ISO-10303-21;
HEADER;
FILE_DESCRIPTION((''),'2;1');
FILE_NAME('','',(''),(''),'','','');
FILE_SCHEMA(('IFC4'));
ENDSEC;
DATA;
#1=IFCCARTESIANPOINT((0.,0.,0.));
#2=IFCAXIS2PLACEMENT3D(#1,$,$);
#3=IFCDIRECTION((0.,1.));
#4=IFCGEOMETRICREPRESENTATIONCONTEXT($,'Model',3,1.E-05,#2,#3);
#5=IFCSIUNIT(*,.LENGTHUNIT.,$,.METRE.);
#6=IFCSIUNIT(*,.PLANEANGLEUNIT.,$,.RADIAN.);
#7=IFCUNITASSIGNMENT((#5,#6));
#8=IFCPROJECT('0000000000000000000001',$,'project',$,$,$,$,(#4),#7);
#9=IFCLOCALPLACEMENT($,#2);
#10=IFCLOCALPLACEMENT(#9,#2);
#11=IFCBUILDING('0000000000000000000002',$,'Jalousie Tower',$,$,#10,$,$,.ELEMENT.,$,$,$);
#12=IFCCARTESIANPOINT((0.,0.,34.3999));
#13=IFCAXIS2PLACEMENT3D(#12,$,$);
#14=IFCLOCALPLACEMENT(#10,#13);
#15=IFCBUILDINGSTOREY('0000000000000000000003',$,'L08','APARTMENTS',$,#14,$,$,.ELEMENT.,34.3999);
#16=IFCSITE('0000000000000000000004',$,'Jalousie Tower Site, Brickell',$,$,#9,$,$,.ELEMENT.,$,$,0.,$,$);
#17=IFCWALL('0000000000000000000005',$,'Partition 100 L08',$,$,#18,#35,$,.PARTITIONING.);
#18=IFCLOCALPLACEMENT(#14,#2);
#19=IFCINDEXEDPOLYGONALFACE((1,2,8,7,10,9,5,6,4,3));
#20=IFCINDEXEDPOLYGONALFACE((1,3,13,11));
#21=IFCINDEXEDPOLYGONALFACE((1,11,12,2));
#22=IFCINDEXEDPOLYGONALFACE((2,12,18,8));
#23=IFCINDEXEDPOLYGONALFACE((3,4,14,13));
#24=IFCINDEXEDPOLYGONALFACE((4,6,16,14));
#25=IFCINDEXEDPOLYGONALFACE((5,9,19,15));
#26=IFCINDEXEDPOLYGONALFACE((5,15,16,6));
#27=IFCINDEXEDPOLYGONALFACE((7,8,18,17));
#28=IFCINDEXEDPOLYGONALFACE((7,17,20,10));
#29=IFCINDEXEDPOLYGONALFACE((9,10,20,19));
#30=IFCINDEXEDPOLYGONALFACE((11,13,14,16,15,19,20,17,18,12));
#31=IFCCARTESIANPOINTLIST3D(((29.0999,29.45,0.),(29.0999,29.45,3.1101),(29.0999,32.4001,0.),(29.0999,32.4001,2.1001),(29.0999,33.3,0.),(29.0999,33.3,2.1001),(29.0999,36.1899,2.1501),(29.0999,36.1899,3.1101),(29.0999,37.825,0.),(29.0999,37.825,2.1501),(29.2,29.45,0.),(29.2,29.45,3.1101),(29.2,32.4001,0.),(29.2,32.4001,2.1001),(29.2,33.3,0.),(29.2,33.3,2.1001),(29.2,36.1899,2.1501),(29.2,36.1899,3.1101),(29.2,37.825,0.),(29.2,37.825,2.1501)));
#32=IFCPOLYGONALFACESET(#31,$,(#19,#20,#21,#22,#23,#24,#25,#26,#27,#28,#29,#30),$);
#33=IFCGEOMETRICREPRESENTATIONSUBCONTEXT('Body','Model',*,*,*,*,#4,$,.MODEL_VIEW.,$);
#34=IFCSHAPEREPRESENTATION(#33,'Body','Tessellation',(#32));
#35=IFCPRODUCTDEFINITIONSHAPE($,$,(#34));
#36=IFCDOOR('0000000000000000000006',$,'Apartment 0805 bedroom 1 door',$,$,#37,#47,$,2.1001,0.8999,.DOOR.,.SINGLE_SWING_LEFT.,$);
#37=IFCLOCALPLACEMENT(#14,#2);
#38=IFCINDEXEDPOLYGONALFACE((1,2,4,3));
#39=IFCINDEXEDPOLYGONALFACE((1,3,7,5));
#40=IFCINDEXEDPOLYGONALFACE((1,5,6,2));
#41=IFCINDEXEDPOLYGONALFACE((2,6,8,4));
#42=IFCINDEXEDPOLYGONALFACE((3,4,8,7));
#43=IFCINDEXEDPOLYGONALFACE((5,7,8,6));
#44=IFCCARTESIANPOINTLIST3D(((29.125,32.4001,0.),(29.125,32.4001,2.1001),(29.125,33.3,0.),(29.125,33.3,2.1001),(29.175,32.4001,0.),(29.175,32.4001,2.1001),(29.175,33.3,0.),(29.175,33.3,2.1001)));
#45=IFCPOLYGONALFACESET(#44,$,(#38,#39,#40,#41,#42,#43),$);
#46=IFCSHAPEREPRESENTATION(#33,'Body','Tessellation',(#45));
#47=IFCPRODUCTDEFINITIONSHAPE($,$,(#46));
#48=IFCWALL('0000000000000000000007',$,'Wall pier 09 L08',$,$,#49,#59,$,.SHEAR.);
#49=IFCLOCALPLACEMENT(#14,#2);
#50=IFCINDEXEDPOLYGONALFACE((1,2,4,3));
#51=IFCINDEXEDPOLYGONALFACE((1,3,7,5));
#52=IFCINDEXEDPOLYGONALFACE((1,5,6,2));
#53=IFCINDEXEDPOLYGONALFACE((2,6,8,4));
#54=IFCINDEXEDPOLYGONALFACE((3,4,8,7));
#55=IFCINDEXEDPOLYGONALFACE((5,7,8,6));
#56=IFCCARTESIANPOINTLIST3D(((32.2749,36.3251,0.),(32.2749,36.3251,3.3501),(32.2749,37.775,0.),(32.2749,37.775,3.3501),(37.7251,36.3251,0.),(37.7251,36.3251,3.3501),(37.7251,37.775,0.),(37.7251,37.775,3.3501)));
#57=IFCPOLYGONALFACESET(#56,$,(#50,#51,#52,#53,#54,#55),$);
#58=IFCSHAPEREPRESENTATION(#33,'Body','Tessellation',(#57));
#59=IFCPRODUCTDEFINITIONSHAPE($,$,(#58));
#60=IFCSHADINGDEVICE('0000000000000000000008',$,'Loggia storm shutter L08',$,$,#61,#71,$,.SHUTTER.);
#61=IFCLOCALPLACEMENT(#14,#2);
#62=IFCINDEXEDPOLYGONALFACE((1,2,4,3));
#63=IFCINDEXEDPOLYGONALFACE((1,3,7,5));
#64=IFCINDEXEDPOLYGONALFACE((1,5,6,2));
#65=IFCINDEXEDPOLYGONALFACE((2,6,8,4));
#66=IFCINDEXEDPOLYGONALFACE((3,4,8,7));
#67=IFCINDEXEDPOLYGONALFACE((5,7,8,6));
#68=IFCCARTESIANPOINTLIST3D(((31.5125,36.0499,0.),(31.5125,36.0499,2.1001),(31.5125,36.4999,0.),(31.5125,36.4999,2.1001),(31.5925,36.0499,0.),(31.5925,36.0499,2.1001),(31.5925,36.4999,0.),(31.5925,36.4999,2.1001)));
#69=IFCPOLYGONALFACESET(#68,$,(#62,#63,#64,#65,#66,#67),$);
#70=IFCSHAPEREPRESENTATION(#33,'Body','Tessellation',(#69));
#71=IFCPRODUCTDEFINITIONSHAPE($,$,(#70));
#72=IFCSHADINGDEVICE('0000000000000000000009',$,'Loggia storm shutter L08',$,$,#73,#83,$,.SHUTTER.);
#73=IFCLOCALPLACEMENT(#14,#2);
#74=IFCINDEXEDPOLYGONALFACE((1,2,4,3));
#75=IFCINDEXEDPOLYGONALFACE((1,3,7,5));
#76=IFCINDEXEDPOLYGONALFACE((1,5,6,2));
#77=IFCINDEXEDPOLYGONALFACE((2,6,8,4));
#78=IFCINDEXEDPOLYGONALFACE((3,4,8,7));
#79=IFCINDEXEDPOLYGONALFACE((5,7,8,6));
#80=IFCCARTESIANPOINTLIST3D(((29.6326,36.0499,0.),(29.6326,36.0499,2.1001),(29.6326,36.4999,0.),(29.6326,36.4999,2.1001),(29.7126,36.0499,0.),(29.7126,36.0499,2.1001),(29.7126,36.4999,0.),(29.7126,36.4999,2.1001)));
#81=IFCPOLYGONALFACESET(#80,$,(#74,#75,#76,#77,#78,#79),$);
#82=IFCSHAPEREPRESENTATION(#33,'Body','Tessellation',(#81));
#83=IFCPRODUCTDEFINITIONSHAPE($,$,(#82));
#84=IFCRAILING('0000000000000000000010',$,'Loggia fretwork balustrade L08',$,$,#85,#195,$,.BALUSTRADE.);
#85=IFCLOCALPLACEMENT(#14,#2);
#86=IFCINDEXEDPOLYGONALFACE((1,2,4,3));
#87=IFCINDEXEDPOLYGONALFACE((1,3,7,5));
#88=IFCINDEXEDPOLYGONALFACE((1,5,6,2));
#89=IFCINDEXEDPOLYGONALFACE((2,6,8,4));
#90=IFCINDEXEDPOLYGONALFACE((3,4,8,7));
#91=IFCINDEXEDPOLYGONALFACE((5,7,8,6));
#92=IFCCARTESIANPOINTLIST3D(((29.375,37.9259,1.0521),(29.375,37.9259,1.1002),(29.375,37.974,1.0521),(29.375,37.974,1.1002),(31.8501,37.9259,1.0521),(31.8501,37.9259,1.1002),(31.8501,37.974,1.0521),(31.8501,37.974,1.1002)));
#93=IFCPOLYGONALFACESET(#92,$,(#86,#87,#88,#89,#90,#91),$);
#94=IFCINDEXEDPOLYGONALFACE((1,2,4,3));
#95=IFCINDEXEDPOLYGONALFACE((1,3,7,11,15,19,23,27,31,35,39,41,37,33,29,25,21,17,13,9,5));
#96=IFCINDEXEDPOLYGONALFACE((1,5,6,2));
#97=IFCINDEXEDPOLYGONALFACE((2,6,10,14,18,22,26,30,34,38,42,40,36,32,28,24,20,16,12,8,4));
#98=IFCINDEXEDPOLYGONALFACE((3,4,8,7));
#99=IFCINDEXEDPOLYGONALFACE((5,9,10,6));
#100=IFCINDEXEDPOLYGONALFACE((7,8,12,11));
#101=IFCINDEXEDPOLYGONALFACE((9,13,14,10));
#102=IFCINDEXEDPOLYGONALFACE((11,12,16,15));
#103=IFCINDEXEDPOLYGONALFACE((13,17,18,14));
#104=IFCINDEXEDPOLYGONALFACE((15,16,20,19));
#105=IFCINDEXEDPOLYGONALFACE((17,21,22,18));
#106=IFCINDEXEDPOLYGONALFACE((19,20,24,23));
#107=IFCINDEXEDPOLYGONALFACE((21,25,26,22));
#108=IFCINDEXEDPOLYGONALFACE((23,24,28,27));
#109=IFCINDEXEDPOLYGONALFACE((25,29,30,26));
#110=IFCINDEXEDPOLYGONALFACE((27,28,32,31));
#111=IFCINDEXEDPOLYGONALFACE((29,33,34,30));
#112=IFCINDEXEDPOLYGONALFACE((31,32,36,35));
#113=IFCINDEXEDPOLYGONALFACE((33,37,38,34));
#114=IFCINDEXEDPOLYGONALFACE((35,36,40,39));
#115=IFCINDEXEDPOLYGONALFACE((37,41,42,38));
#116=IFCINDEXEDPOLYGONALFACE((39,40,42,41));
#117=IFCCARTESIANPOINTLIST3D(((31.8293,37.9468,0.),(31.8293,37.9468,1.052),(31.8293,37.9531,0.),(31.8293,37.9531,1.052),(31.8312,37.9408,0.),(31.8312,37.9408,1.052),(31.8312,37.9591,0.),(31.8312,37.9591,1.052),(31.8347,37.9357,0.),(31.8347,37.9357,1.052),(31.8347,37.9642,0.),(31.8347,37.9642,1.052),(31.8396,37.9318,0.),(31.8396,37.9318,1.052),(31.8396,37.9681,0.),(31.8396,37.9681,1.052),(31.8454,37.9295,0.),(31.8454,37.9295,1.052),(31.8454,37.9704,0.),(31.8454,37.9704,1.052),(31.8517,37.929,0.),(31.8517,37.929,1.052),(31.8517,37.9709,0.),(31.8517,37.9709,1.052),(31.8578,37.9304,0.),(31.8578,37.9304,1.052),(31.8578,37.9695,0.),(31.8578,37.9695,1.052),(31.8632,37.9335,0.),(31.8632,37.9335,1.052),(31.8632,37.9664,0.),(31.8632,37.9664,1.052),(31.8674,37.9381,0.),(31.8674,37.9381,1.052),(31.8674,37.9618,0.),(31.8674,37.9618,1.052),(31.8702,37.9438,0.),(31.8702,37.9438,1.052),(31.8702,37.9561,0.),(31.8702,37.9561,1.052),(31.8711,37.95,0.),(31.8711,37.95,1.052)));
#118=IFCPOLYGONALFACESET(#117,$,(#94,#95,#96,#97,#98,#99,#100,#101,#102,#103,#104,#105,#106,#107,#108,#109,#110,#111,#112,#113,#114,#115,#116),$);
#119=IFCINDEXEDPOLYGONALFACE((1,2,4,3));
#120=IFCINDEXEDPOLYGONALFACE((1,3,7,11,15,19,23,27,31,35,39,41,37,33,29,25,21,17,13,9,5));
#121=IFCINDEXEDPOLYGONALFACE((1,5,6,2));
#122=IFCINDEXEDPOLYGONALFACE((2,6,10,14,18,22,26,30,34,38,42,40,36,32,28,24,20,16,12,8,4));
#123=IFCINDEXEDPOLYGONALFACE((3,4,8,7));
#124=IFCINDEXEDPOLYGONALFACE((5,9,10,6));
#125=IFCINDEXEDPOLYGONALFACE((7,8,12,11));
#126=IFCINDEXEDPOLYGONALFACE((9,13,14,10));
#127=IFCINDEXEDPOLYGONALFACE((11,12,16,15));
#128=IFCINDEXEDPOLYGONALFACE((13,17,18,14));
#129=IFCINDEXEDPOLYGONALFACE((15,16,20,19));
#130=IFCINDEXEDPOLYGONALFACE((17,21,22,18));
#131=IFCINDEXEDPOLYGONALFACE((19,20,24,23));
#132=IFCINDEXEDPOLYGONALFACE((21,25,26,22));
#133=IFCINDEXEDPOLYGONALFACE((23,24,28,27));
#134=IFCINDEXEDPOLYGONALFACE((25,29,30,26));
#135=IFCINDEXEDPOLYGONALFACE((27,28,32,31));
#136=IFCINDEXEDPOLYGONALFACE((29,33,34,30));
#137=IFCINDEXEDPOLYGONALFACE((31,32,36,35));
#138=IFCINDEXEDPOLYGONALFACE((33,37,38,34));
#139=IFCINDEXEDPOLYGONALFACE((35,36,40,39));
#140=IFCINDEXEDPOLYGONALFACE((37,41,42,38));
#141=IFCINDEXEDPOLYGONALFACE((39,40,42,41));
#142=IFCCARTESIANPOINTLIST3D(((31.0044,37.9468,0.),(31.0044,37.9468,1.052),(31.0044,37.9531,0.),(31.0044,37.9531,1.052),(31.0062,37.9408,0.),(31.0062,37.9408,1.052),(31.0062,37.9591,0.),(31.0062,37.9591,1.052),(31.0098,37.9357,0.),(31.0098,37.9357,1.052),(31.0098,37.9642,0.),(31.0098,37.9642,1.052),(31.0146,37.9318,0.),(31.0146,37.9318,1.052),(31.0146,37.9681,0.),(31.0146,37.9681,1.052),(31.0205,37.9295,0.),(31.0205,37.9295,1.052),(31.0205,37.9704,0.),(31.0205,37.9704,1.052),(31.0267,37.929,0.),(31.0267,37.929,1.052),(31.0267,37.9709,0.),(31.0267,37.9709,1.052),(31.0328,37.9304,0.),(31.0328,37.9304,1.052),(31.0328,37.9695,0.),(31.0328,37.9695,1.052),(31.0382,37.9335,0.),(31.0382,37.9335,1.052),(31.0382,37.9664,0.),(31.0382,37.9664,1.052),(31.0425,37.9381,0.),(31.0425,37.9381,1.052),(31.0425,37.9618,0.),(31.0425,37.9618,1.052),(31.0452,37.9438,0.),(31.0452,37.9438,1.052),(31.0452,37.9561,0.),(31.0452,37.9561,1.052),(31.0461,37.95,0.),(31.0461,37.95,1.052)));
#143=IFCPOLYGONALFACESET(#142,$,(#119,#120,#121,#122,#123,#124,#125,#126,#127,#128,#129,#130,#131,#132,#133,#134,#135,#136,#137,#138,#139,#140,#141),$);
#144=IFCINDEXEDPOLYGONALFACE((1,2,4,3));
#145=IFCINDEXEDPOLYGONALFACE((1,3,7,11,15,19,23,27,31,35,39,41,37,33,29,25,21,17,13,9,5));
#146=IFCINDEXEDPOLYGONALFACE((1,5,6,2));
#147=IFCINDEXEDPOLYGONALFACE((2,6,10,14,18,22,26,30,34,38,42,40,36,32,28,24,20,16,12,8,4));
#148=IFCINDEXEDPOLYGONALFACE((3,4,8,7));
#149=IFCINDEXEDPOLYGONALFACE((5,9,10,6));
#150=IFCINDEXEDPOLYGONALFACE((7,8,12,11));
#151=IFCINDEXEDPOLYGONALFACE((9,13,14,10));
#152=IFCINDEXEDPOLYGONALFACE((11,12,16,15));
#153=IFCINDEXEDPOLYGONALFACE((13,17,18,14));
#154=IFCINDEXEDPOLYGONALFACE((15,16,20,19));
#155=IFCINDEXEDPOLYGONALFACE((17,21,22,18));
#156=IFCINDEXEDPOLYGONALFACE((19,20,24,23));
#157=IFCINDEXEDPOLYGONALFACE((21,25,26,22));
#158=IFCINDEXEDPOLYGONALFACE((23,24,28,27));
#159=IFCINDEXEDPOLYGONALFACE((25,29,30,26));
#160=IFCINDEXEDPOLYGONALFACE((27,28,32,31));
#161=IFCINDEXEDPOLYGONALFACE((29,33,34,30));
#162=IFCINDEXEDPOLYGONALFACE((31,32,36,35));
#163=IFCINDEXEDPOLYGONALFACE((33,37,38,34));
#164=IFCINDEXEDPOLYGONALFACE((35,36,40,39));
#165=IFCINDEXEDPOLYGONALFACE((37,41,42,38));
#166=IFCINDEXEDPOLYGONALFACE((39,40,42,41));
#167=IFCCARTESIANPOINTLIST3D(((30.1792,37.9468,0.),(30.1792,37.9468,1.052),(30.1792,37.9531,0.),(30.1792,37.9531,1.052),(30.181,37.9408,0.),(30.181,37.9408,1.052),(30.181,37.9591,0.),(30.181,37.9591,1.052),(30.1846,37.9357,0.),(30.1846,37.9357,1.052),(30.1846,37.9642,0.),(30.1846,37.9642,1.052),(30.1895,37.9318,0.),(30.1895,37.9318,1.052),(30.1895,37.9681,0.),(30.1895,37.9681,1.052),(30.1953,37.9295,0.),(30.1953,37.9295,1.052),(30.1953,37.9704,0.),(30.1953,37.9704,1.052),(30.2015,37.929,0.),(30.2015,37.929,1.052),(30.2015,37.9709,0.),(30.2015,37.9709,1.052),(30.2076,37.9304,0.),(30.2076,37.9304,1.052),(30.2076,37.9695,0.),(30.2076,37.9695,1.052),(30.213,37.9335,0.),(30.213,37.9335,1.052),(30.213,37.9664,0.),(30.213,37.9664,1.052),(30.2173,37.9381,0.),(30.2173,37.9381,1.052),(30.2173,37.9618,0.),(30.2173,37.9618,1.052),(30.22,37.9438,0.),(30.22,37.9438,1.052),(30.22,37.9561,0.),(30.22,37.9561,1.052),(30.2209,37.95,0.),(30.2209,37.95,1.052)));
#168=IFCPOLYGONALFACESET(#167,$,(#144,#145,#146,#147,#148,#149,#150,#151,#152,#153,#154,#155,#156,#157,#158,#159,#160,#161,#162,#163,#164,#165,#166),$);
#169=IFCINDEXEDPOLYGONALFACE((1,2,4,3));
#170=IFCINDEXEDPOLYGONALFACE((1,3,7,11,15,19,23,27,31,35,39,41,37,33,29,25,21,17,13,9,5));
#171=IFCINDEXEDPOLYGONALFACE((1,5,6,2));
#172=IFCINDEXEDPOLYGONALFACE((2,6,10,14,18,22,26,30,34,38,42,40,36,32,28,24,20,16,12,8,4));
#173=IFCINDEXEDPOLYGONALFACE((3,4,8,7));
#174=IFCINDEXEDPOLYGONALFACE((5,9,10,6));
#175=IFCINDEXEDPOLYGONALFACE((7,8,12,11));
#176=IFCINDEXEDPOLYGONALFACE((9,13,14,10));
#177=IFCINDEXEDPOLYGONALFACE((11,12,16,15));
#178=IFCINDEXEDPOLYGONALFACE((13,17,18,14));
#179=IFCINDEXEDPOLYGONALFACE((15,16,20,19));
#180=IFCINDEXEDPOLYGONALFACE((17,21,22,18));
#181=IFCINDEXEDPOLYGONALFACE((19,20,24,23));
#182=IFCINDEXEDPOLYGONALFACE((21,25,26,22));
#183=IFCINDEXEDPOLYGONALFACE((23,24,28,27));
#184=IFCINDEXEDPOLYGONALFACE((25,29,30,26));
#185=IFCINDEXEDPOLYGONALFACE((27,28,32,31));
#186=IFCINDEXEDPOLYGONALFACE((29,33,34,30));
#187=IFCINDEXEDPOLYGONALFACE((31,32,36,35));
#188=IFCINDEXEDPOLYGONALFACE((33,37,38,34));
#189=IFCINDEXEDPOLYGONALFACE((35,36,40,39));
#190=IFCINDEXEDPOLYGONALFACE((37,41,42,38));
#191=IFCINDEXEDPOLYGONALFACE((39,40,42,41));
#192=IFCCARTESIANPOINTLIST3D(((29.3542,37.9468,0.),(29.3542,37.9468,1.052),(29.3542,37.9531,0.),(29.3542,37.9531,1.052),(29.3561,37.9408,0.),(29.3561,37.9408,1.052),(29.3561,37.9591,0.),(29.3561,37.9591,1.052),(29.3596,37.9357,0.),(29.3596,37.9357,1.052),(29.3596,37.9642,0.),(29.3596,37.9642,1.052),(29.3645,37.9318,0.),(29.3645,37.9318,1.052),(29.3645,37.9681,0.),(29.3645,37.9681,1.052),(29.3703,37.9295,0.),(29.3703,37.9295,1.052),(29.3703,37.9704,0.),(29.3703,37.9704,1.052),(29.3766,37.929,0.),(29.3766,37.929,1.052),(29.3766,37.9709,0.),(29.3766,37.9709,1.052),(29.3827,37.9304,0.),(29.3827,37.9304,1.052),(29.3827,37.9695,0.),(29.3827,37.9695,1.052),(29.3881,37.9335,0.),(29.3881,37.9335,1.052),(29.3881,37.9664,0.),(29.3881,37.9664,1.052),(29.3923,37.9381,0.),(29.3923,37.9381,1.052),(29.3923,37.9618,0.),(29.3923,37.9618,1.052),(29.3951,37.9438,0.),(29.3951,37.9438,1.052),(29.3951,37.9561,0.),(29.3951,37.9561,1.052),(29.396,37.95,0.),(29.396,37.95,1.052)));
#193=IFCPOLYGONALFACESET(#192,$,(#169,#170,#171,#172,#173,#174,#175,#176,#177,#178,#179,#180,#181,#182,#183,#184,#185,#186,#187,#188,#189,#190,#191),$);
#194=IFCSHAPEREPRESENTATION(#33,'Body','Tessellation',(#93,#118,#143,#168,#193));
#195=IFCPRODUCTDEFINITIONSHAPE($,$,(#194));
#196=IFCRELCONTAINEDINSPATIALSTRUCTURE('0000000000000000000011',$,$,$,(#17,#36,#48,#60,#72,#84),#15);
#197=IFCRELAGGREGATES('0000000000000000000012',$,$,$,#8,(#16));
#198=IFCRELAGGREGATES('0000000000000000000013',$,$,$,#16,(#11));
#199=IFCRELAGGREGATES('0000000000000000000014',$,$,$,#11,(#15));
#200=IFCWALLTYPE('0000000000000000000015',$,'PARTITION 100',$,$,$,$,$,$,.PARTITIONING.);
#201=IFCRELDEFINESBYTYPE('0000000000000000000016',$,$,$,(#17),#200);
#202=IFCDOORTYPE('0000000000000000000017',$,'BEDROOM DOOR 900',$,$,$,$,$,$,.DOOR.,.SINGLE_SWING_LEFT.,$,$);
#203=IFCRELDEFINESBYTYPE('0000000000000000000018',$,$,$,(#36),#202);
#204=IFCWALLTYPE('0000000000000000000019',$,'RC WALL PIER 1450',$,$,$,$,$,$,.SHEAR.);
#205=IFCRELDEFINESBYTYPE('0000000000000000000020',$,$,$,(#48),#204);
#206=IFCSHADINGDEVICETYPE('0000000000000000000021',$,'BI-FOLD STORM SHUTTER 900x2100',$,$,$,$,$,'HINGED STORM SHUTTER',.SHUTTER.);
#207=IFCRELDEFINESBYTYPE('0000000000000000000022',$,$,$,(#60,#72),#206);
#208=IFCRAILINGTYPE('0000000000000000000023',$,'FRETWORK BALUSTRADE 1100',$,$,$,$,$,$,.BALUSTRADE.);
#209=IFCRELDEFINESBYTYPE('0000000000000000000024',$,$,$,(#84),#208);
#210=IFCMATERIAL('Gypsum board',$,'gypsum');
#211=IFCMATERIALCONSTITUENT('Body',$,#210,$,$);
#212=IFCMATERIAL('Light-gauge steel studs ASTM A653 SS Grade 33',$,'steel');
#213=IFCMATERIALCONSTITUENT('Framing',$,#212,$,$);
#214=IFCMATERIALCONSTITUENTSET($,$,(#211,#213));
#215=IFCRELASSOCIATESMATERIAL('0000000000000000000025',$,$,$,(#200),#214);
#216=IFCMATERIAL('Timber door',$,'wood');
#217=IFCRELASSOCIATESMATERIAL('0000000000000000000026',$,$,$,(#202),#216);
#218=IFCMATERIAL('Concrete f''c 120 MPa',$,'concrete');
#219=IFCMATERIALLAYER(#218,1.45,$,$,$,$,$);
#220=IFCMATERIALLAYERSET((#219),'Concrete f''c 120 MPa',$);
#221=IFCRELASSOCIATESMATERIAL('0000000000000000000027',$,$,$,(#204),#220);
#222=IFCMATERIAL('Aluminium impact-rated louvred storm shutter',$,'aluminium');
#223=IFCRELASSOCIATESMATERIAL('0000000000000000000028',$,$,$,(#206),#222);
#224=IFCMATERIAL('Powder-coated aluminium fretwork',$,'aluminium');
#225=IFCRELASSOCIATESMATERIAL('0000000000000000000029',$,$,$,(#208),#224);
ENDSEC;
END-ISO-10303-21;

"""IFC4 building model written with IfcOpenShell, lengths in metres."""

from ifc_helpers import new_model, si_unit, direction, frame, frame_2d, origin, origin_2d, place, context, subcontext, project, spatial, polyline, rectangle, circle, outline, extrude, material, layer, layer_set, constituent, constituent_set, type_object, element, fill, save


model = new_model("IFC4")

# Units and contexts
model_context = context("Model", 3, precision=1e-05, world=origin(), true_north=direction((0.0, 1.0)))
body_context = subcontext(model_context, "Body", "Model", "MODEL_VIEW")
ifc_project = project(units=[si_unit("LENGTHUNIT", "METRE"), si_unit("PLANEANGLEUNIT", "RADIAN")], contexts=[model_context])

# Site, building, storey
site_placement = place(None, origin())
site = spatial("IfcSite", under=ifc_project, at=site_placement, Name="Jalousie Tower Site, Brickell", CompositionType="ELEMENT", RefElevation=0.0)
building_placement = place(site_placement, origin())
building = spatial("IfcBuilding", under=site, at=building_placement, Name="Jalousie Tower", CompositionType="ELEMENT")
storey_placement = place(building_placement, frame((0.0, 0.0, 34.3999)))
storey = spatial("IfcBuildingStorey", under=building, at=storey_placement, Name="L08", Description="APARTMENTS", CompositionType="ELEMENT", Elevation=34.3999)

# Wall, opening, door
ifc_material_1 = material(Name="Gypsum board", Category="gypsum")
ifc_constituent_1 = constituent(ifc_material_1, Name="Body")
ifc_material_2 = material(Name="Light-gauge steel studs ASTM A653 SS Grade 33", Category="steel")
ifc_constituent_2 = constituent(ifc_material_2, Name="Framing")
ifc_constituent_set_1 = constituent_set(constituents=[ifc_constituent_1, ifc_constituent_2])
wall_type_1 = type_object("IfcWallType", Name="PARTITION 100", PredefinedType="PARTITIONING", material=ifc_constituent_set_1)
wall_1_placement = place(storey_placement, frame((29.1499, 37.825, 0.0), z_axis=(0.0, 0.0, 1.0), x_axis=(0.0, -1.0, 0.0)))
wall_1 = element("IfcWall", 1, at=wall_1_placement, inside=storey, type_object=wall_type_1, Name="Partition 100 L08", PredefinedType="PARTITIONING", context=body_context, shape_type="SweptSolid", body=[
    extrude(outline(polyline([(0.0, 0.0), (8.375, 0.0), (8.375, 3.1101), (1.635, 3.1101), (1.635, 2.1501), (0.0, 2.1501), (0.0, 3.1101), (0.0, 0.0)])), frame((0.0, 0.05, 0.0), z_axis=(0.0, -1.0, 0.0), x_axis=(1.0, 0.0, 0.0)), (0.0, 0.0, 1.0), 0.1001),
])
opening_1_placement = place(wall_1_placement, frame((4.5249, 0.0, 0.0)))
opening_1 = element("IfcOpeningElement", 2, at=opening_1_placement, cuts=wall_1, PredefinedType="OPENING", context=body_context, shape_type="SweptSolid", body=[
    extrude(rectangle(XDim=0.8999, YDim=2.1001, at=frame_2d((0.45, 1.05))), frame((0.0, 0.0601, 0.0), z_axis=(0.0, -1.0, 0.0), x_axis=(1.0, 0.0, 0.0)), (0.0, 0.0, 1.0), 0.1201),
])
ifc_material_3 = material(Name="Timber door", Category="wood")
door_type_1 = type_object("IfcDoorType", Name="BEDROOM DOOR 900", OperationType="SINGLE_SWING_LEFT", PredefinedType="DOOR", material=ifc_material_3)
door_1_placement = place(opening_1_placement, frame((0.8999, 0.0, 0.0), z_axis=(0.0, 0.0, 1.0), x_axis=(-1.0, 0.0, 0.0)))
door_1 = element("IfcDoor", 3, at=door_1_placement, inside=storey, type_object=door_type_1, Name="Apartment 0805 bedroom 1 door", OperationType="SINGLE_SWING_LEFT", OverallHeight=2.1001, OverallWidth=0.8999, PredefinedType="DOOR", context=body_context, shape_type="SweptSolid", body=[
    extrude(rectangle(XDim=0.8999, YDim=2.1001, at=frame_2d((0.45, 1.05))), frame((0.0, 0.0249, 0.0), z_axis=(0.0, -1.0, 0.0), x_axis=(1.0, 0.0, 0.0)), (0.0, 0.0, 1.0), 0.05),
])
fill(opening_1, door_1)

# Wall
ifc_material_4 = material(Name="Concrete f'c 120 MPa", Category="concrete")
ifc_layer_1 = layer(ifc_material_4, 1.45)
ifc_layer_set_1 = layer_set([ifc_layer_1], Name="Concrete f'c 120 MPa")
wall_type_2 = type_object("IfcWallType", Name="RC WALL PIER 1450", PredefinedType="SHEAR", material=ifc_layer_set_1)
wall_2_placement = place(storey_placement, frame((32.2749, 37.05, 0.0), z_axis=(0.0, 0.0, 1.0), x_axis=(1.0, 0.0, 0.0)))
element("IfcWall", 4, at=wall_2_placement, inside=storey, type_object=wall_type_2, Name="Wall pier 09 L08", PredefinedType="SHEAR", context=body_context, shape_type="SweptSolid", body=[
    extrude(rectangle(XDim=5.4502, YDim=1.45, at=frame_2d((2.7251, 0.0))), origin(), (0.0, 0.0, 1.0), 3.3501),
])

# Shading devices
ifc_material_5 = material(Name="Aluminium impact-rated louvred storm shutter", Category="aluminium")
shading_device_type_1 = type_object("IfcShadingDeviceType", Name="BI-FOLD STORM SHUTTER 900x2100", ElementType="HINGED STORM SHUTTER", PredefinedType="SHUTTER", material=ifc_material_5)
for number, where, z_axis, x_axis, name in (
    (5, (31.5525, 36.2749, 0.0), (0.0, 0.0, 1.0), (0.0, -1.0, 0.0), "Loggia storm shutter L08"),
    (6, (29.6726, 36.2749, 0.0), (0.0, 0.0, 1.0), (0.0, -1.0, 0.0), "Loggia storm shutter L08"),
):
    element("IfcShadingDevice", number, at=place(storey_placement, frame(where, z_axis=z_axis, x_axis=x_axis)), inside=storey, type_object=shading_device_type_1, Name=name, PredefinedType="SHUTTER", context=body_context, shape_type="SweptSolid", body=[
        extrude(rectangle(XDim=0.45, YDim=0.0801, at=origin_2d()), origin(), (0.0, 0.0, 1.0), 2.1001),
    ])

# Railing
ifc_material_6 = material(Name="Powder-coated aluminium fretwork", Category="aluminium")
railing_type = type_object("IfcRailingType", Name="FRETWORK BALUSTRADE 1100", PredefinedType="BALUSTRADE", material=ifc_material_6)
railing_placement = place(storey_placement, frame((31.8501, 37.95, 0.0)))
element("IfcRailing", 7, at=railing_placement, inside=storey, type_object=railing_type, Name="Loggia fretwork balustrade L08", PredefinedType="BALUSTRADE", context=body_context, shape_type="SweptSolid", body=[
    extrude(rectangle(XDim=0.0481, YDim=0.0481, at=origin_2d()), frame((0.0, 0.0, 1.0762), z_axis=(-1.0, 0.0, 0.0), x_axis=(0.0, -1.0, 0.0)), (0.0, 0.0, 1.0), 2.4751),
    extrude(circle(Radius=0.021, at=origin_2d()), origin(), (0.0, 0.0, 1.0), 1.052),
    extrude(circle(Radius=0.021, at=origin_2d()), frame((-0.825, 0.0, 0.0)), (0.0, 0.0, 1.0), 1.052),
    extrude(circle(Radius=0.021, at=origin_2d()), frame((-1.6501, 0.0, 0.0)), (0.0, 0.0, 1.0), 1.052),
    extrude(circle(Radius=0.021, at=origin_2d()), frame((-2.4751, 0.0, 0.0)), (0.0, 0.0, 1.0), 1.052),
])

save(model, "model.ifc")
